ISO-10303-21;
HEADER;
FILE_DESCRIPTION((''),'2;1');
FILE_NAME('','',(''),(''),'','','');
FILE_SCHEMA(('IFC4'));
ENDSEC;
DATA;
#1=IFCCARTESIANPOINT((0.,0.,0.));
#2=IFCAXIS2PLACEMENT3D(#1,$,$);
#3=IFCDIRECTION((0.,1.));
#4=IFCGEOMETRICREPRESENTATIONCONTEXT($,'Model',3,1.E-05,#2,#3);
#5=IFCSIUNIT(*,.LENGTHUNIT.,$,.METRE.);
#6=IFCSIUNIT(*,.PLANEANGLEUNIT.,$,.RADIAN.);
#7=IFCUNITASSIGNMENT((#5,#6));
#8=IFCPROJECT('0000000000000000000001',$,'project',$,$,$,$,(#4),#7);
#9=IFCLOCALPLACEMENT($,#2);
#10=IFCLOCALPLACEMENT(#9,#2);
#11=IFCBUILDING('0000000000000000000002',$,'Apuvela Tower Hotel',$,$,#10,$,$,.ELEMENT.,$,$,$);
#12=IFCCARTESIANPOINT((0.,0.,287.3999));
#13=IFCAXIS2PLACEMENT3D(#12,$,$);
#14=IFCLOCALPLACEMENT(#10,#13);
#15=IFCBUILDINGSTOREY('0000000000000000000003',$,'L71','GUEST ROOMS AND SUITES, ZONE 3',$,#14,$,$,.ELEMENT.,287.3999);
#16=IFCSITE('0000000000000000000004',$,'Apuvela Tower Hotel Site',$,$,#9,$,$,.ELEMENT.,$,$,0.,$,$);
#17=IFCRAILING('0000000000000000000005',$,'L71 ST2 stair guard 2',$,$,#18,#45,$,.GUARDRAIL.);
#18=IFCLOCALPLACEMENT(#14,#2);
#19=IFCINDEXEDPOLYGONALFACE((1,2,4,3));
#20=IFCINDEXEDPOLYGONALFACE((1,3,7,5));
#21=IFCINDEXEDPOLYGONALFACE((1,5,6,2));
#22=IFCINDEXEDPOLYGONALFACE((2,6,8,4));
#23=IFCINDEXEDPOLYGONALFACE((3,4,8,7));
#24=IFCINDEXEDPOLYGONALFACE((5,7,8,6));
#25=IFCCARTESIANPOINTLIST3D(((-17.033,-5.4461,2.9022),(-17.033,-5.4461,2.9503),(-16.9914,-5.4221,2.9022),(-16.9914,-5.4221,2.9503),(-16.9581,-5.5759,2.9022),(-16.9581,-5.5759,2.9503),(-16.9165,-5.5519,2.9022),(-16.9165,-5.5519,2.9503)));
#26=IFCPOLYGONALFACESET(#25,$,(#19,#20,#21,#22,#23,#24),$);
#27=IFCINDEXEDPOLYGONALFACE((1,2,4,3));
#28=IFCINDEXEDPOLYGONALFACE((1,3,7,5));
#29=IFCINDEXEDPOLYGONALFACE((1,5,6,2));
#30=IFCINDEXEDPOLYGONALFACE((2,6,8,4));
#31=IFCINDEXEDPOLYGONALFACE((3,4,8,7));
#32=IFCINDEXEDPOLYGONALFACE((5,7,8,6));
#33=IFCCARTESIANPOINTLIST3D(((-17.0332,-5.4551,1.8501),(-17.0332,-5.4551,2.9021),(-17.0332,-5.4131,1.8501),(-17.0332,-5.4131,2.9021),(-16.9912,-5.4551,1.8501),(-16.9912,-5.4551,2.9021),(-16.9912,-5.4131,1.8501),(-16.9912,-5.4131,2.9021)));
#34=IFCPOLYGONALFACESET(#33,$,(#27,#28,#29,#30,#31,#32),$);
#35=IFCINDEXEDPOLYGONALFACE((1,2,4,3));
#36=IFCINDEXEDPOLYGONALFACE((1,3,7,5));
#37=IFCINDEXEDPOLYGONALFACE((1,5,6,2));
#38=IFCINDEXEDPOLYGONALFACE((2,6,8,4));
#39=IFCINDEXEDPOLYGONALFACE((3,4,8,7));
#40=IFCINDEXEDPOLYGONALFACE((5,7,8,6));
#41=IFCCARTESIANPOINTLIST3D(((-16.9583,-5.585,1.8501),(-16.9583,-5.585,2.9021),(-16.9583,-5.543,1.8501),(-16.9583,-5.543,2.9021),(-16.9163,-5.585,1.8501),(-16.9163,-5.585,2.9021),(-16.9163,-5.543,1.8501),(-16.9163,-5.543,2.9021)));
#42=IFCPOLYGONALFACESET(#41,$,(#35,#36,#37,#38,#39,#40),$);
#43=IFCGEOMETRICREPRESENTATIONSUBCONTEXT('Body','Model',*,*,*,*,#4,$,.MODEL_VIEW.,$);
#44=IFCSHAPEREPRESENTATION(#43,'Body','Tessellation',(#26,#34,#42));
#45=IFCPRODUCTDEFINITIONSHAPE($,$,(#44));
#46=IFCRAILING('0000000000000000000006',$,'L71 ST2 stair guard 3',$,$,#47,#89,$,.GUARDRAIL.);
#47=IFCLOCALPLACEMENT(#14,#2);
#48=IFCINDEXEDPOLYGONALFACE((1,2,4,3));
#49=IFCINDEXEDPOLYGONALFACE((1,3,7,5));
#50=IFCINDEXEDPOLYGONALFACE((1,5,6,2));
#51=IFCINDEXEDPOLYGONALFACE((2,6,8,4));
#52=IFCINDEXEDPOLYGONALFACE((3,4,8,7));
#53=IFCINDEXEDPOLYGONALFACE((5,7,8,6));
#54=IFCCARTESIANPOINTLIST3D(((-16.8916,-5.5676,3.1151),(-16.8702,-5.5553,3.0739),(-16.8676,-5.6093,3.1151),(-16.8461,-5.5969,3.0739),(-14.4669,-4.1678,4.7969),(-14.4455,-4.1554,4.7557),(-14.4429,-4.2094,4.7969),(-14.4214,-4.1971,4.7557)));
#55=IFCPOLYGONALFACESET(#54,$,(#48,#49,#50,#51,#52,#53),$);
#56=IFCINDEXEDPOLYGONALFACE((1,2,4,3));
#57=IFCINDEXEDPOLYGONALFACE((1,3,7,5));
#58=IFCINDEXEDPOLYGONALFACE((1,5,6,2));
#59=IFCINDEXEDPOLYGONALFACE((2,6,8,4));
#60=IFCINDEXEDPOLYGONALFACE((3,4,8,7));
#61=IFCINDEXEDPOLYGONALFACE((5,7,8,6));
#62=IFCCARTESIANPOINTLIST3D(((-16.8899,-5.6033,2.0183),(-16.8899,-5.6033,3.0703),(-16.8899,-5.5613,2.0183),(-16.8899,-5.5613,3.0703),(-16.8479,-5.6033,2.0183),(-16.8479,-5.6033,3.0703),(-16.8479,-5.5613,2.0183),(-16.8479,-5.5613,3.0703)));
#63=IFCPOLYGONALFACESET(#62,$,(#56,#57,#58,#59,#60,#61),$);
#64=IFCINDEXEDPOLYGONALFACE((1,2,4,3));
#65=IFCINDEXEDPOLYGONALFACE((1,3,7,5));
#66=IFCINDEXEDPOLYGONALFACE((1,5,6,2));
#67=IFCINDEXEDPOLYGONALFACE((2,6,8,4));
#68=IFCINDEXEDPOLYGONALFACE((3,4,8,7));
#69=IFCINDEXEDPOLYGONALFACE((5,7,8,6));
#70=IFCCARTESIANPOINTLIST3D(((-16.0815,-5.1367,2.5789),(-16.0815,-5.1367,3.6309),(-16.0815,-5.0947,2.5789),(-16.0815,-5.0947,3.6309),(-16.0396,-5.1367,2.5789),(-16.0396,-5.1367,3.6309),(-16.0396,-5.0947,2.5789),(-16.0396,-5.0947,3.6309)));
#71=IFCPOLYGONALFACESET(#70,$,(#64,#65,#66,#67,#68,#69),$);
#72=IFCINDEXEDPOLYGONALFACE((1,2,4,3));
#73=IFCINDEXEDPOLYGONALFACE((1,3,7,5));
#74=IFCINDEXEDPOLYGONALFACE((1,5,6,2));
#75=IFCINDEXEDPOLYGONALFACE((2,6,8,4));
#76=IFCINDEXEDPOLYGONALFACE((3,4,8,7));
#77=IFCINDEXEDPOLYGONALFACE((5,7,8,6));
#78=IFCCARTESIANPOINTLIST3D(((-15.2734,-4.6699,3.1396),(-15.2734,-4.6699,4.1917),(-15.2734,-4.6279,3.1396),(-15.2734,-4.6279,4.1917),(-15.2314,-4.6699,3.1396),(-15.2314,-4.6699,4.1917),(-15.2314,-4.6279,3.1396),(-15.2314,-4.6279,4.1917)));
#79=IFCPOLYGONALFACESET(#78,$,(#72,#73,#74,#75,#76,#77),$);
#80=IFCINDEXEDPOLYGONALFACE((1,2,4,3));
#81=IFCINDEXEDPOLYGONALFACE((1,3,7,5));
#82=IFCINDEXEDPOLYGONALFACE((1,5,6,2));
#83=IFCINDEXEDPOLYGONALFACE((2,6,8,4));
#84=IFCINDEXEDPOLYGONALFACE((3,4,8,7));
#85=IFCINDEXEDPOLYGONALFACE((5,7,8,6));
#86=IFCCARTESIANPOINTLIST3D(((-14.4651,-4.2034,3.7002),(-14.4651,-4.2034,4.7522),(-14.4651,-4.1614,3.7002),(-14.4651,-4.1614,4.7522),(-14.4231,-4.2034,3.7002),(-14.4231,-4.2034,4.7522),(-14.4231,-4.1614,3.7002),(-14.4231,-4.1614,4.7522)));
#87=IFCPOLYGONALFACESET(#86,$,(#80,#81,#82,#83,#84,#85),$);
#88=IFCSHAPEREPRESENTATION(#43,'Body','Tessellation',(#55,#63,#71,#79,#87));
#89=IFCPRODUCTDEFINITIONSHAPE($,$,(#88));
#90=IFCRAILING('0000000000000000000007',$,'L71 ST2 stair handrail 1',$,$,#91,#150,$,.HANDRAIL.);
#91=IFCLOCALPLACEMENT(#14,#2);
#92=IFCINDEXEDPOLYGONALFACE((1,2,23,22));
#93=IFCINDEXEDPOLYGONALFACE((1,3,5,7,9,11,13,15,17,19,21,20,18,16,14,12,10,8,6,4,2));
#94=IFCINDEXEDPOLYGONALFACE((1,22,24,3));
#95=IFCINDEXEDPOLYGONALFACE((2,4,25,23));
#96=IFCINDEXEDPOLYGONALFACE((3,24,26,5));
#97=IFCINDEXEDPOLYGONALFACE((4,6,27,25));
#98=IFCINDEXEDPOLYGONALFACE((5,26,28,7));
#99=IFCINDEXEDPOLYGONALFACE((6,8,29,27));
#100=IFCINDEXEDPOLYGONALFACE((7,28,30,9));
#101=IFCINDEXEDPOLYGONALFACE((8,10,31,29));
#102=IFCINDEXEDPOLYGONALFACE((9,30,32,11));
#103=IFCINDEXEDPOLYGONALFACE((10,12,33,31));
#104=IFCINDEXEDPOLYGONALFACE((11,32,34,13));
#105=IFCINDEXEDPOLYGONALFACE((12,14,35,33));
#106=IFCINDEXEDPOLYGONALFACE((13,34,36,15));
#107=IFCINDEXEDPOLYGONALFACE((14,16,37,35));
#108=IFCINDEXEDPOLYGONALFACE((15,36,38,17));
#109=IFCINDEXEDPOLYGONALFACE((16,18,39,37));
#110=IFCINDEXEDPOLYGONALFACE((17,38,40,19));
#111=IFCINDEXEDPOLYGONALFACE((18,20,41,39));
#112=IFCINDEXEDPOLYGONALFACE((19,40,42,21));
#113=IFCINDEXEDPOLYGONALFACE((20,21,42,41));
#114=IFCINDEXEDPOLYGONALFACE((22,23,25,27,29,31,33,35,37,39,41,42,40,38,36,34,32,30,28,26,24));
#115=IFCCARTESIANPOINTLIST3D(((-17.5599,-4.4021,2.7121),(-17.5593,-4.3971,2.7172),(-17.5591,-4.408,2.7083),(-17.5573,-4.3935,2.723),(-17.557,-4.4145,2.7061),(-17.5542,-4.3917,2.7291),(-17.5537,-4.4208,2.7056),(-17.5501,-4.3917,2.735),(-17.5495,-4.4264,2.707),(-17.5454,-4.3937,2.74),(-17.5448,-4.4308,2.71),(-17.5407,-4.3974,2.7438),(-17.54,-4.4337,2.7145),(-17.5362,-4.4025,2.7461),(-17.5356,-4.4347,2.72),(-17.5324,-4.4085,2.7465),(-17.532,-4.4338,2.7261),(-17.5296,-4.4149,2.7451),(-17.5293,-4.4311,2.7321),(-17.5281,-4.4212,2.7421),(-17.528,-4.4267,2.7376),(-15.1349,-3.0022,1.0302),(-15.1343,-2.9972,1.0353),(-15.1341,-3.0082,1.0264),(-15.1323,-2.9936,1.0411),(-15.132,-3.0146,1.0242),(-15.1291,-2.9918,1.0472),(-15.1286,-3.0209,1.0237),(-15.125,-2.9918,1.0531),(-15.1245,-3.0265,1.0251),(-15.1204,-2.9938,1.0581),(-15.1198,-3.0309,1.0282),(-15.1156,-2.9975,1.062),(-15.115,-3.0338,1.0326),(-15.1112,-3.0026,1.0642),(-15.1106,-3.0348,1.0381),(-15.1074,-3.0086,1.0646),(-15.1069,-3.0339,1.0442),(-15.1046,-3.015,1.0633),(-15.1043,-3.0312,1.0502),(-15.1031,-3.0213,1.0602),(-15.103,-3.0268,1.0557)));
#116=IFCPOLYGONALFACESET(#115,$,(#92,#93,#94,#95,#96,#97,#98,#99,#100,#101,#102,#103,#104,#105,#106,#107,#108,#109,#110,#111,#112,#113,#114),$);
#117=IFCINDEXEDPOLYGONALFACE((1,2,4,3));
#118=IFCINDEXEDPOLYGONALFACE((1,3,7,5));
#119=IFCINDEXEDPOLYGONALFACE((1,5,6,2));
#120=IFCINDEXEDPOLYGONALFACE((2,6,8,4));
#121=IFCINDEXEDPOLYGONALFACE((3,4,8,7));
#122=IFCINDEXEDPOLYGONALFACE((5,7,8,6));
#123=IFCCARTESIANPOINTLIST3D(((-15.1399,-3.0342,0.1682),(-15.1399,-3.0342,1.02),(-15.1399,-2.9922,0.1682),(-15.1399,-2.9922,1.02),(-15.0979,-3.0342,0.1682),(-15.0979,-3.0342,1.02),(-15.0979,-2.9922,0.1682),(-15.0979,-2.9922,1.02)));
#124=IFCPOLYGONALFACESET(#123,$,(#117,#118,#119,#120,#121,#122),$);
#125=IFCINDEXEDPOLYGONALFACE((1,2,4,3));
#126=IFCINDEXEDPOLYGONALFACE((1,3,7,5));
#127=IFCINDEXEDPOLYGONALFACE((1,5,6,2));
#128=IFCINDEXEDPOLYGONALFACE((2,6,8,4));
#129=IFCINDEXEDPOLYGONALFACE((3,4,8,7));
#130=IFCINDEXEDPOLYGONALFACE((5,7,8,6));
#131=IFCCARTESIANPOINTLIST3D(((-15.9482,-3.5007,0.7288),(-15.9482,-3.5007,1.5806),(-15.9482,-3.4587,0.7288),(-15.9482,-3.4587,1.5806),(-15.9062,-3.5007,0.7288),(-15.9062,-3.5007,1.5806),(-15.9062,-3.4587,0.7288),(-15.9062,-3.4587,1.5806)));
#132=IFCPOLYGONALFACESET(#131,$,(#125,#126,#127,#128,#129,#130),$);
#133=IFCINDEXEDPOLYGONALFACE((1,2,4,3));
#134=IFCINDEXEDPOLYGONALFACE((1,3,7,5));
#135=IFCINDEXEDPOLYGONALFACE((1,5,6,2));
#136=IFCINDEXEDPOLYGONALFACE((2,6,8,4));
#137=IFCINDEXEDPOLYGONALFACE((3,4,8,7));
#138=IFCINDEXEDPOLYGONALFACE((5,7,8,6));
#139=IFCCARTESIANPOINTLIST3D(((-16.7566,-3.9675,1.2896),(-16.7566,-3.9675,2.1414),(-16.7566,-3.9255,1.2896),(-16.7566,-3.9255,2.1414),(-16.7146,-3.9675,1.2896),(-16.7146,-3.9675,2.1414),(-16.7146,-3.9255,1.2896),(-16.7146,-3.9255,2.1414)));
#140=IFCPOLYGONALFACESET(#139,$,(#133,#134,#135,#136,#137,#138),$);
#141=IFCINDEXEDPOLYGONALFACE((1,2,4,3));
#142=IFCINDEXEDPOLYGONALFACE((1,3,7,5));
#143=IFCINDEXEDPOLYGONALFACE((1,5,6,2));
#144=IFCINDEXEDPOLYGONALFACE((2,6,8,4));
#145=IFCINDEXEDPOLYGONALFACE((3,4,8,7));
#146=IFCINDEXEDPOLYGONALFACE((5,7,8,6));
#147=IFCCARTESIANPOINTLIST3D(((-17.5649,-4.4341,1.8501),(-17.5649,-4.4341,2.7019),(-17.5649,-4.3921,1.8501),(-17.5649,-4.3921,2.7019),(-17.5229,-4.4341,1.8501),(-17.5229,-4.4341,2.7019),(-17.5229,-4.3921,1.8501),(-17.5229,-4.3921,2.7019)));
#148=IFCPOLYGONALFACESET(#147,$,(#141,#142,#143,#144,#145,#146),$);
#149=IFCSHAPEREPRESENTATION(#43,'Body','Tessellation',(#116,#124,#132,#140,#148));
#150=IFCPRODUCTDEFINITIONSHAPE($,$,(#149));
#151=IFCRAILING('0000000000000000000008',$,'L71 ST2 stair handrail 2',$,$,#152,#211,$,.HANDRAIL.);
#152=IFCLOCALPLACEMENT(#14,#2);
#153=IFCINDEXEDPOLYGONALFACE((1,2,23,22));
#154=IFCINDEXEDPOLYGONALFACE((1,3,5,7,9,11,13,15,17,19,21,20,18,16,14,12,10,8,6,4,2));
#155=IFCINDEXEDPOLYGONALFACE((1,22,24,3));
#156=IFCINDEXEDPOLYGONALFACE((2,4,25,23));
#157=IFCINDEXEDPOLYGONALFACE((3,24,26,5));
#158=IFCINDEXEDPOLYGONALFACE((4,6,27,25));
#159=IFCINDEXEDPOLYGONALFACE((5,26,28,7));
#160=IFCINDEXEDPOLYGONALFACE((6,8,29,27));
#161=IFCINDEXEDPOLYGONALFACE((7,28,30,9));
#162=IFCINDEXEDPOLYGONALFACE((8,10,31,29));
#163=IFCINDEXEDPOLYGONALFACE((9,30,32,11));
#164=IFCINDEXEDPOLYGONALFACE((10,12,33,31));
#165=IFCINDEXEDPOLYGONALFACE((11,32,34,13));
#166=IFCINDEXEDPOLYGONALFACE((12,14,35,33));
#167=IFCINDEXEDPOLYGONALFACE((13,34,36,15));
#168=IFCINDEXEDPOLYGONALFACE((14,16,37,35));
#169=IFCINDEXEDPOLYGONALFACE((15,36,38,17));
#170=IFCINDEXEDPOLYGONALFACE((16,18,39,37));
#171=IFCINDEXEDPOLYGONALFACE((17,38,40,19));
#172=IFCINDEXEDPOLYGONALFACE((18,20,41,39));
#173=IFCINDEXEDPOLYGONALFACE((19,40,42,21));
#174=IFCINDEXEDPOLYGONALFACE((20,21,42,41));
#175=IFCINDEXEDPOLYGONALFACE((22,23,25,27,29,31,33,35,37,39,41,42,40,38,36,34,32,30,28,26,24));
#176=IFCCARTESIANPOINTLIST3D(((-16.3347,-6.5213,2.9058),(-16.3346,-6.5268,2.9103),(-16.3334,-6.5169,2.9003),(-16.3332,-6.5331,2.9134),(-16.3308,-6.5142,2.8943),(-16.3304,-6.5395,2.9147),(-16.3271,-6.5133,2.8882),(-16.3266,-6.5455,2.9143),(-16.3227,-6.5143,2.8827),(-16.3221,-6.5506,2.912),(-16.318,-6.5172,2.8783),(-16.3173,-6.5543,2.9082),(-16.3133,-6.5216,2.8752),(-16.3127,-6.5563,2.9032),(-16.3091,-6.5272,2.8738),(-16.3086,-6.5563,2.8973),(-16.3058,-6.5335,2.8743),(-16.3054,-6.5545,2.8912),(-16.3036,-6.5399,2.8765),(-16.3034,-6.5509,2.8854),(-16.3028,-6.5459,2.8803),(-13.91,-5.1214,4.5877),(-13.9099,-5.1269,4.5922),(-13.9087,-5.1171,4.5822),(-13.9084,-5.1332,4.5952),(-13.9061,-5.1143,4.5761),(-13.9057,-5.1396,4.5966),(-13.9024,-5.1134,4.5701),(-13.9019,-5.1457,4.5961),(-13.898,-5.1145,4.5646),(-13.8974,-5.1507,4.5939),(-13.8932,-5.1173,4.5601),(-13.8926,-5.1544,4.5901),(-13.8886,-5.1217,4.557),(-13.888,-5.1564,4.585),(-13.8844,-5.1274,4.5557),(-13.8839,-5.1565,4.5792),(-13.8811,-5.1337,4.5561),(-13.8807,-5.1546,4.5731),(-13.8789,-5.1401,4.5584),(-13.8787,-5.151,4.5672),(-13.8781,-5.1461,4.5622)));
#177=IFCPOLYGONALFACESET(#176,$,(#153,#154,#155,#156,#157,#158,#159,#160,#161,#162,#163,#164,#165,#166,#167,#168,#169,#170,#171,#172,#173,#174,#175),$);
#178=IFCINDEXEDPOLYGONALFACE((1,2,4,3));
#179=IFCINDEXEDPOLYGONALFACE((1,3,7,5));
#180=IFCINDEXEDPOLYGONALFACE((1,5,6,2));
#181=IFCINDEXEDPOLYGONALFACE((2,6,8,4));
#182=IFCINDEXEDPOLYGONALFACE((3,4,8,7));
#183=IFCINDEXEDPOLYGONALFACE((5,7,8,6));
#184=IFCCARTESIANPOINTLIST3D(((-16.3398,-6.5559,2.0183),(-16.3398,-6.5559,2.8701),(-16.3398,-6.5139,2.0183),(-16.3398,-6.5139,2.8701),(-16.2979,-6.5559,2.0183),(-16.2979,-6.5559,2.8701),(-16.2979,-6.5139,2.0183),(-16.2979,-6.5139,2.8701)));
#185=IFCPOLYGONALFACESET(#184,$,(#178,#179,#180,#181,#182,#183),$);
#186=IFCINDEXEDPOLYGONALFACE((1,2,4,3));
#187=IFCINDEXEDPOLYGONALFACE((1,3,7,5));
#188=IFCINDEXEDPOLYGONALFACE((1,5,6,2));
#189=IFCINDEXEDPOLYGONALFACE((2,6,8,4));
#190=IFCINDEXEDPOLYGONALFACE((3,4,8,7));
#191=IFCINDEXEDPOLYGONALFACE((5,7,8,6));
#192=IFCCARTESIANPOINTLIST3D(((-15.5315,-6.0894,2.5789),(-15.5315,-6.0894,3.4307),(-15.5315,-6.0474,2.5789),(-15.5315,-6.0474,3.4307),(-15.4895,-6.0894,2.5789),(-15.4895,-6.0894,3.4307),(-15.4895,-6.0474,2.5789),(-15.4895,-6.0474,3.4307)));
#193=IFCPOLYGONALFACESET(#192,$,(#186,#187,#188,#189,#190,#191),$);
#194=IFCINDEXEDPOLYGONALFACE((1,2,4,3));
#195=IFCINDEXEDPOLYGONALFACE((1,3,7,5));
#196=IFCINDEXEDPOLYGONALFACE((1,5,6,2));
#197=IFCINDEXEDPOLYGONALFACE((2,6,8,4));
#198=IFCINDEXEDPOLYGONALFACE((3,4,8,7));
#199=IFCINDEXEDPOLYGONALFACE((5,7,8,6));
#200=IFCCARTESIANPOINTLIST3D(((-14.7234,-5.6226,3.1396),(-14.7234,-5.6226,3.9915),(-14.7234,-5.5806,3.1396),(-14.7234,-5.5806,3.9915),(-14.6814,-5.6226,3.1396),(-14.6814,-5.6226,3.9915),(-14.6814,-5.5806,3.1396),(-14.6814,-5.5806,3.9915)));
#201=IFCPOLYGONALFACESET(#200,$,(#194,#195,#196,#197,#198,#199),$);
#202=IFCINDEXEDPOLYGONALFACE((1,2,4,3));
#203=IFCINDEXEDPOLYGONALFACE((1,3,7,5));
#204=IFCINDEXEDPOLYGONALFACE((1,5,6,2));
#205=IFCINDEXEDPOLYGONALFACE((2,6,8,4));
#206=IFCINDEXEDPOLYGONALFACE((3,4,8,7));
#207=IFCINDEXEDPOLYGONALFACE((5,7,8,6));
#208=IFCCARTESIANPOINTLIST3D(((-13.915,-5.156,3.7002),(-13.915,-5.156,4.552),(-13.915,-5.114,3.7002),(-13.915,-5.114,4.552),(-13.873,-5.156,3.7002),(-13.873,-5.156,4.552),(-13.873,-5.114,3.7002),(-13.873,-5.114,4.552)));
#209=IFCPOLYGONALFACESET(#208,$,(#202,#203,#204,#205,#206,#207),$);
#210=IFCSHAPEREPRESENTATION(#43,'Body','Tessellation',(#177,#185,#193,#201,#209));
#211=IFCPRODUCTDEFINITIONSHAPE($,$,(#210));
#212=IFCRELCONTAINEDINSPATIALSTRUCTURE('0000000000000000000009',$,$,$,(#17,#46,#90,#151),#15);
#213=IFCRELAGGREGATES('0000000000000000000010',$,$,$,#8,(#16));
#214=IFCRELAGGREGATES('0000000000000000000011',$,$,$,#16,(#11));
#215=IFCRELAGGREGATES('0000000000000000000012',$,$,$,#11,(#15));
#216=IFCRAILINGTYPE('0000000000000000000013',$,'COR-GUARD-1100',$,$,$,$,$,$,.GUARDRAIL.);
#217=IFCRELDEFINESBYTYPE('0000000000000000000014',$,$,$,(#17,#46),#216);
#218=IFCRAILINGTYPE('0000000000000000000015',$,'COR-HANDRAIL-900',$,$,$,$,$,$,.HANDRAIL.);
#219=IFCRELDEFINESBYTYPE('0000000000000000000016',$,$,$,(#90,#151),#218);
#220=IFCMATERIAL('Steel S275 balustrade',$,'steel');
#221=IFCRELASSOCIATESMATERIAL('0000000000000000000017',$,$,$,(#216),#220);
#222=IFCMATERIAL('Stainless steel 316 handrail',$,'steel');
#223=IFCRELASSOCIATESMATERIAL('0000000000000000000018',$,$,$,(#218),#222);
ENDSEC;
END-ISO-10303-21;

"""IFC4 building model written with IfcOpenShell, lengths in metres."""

from ifc_helpers import new_model, si_unit, direction, frame, origin, origin_2d, place, context, subcontext, project, spatial, rectangle, circle, extrude, material, type_object, element, save


model = new_model("IFC4")

# Units and contexts
model_context = context("Model", 3, precision=1e-05, world=origin(), true_north=direction((0.0, 1.0)))
body_context = subcontext(model_context, "Body", "Model", "MODEL_VIEW")
ifc_project = project(units=[si_unit("LENGTHUNIT", "METRE"), si_unit("PLANEANGLEUNIT", "RADIAN")], contexts=[model_context])

# Site, building, storey
site_placement = place(None, origin())
site = spatial("IfcSite", under=ifc_project, at=site_placement, Name="Apuvela Tower Hotel Site", CompositionType="ELEMENT", RefElevation=0.0)
building_placement = place(site_placement, origin())
building = spatial("IfcBuilding", under=site, at=building_placement, Name="Apuvela Tower Hotel", CompositionType="ELEMENT")
storey_placement = place(building_placement, frame((0.0, 0.0, 287.3999)))
storey = spatial("IfcBuildingStorey", under=building, at=storey_placement, Name="L71", Description="GUEST ROOMS AND SUITES, ZONE 3", CompositionType="ELEMENT", Elevation=287.3999)

# Railings
ifc_material_1 = material(Name="Steel S275 balustrade", Category="steel")
railing_type_1 = type_object("IfcRailingType", Name="COR-GUARD-1100", PredefinedType="GUARDRAIL", material=ifc_material_1)
railing_1_placement = place(storey_placement, frame((-17.0122, -5.4341, 1.8501)))
element("IfcRailing", 1, at=railing_1_placement, inside=storey, type_object=railing_type_1, Name="L71 ST2 stair guard 2", PredefinedType="GUARDRAIL", context=body_context, shape_type="SweptSolid", body=[
    extrude(rectangle(XDim=0.0481, YDim=0.0481, at=origin_2d()), frame((0.0, 0.0, 1.0762), z_axis=(0.499816, -0.866131, 0.0), x_axis=(0.866131, 0.499816, 0.0)), (0.0, 0.0, 1.0), 0.1499),
    extrude(rectangle(XDim=0.042, YDim=0.042, at=origin_2d()), origin(), (0.0, 0.0, 1.0), 1.052),
    extrude(rectangle(XDim=0.042, YDim=0.042, at=origin_2d()), frame((0.075, -0.1299, 0.0)), (0.0, 0.0, 1.0), 1.052),
])
railing_2_placement = place(storey_placement, frame((-16.8689, -5.5823, 2.0183)))
element("IfcRailing", 2, at=railing_2_placement, inside=storey, type_object=railing_type_1, Name="L71 ST2 stair guard 3", PredefinedType="GUARDRAIL", context=body_context, shape_type="SweptSolid", body=[
    extrude(rectangle(XDim=0.0481, YDim=0.0481, at=origin_2d()), frame((0.0, 0.0, 1.0762), z_axis=(0.74239, 0.428601, 0.514934), x_axis=(-0.499984, 0.866035, 0.0)), (0.0, 0.0, 1.0), 3.2661),
    extrude(rectangle(XDim=0.042, YDim=0.042, at=origin_2d()), origin(), (0.0, 0.0, 1.0), 1.052),
    extrude(rectangle(XDim=0.042, YDim=0.042, at=origin_2d()), frame((0.8083, 0.4666, 0.5605)), (0.0, 0.0, 1.0), 1.052),
    extrude(rectangle(XDim=0.042, YDim=0.042, at=origin_2d()), frame((1.6165, 0.9333, 1.1213)), (0.0, 0.0, 1.0), 1.052),
    extrude(rectangle(XDim=0.042, YDim=0.042, at=origin_2d()), frame((2.4248, 1.3999, 1.6819)), (0.0, 0.0, 1.0), 1.052),
])
ifc_material_2 = material(Name="Stainless steel 316 handrail", Category="steel")
railing_type_2 = type_object("IfcRailingType", Name="COR-HANDRAIL-900", PredefinedType="HANDRAIL", material=ifc_material_2)
railing_3_placement = place(storey_placement, frame((-15.1189, -3.0132, 0.1682)))
element("IfcRailing", 3, at=railing_3_placement, inside=storey, type_object=railing_type_2, Name="L71 ST2 stair handrail 1", PredefinedType="HANDRAIL", context=body_context, shape_type="SweptSolid", body=[
    extrude(circle(Radius=0.0239, at=origin_2d()), frame((0.0, 0.0, 0.876), z_axis=(-0.742424, -0.428577, 0.514906), x_axis=(0.499946, -0.866056, 0.0)), (0.0, 0.0, 1.0), 3.2664),
    extrude(rectangle(XDim=0.042, YDim=0.042, at=origin_2d()), origin(), (0.0, 0.0, 1.0), 0.8518),
    extrude(rectangle(XDim=0.042, YDim=0.042, at=origin_2d()), frame((-0.8083, -0.4666, 0.5605)), (0.0, 0.0, 1.0), 0.8518),
    extrude(rectangle(XDim=0.042, YDim=0.042, at=origin_2d()), frame((-1.6167, -0.9333, 1.1213)), (0.0, 0.0, 1.0), 0.8518),
    extrude(rectangle(XDim=0.042, YDim=0.042, at=origin_2d()), frame((-2.425, -1.3999, 1.6819)), (0.0, 0.0, 1.0), 0.8518),
])
railing_4_placement = place(storey_placement, frame((-16.3188, -6.5349, 2.0183)))
element("IfcRailing", 4, at=railing_4_placement, inside=storey, type_object=railing_type_2, Name="L71 ST2 stair handrail 2", PredefinedType="HANDRAIL", context=body_context, shape_type="SweptSolid", body=[
    extrude(circle(Radius=0.0239, at=origin_2d()), frame((0.0, 0.0, 0.876), z_axis=(0.74239, 0.428601, 0.514934), x_axis=(-0.499984, 0.866035, 0.0)), (0.0, 0.0, 1.0), 3.2661),
    extrude(rectangle(XDim=0.042, YDim=0.042, at=origin_2d()), origin(), (0.0, 0.0, 1.0), 0.8518),
    extrude(rectangle(XDim=0.042, YDim=0.042, at=origin_2d()), frame((0.8083, 0.4666, 0.5605)), (0.0, 0.0, 1.0), 0.8518),
    extrude(rectangle(XDim=0.042, YDim=0.042, at=origin_2d()), frame((1.6165, 0.9333, 1.1213)), (0.0, 0.0, 1.0), 0.8518),
    extrude(rectangle(XDim=0.042, YDim=0.042, at=origin_2d()), frame((2.4248, 1.3999, 1.6819)), (0.0, 0.0, 1.0), 0.8518),
])

save(model, "model.ifc")
